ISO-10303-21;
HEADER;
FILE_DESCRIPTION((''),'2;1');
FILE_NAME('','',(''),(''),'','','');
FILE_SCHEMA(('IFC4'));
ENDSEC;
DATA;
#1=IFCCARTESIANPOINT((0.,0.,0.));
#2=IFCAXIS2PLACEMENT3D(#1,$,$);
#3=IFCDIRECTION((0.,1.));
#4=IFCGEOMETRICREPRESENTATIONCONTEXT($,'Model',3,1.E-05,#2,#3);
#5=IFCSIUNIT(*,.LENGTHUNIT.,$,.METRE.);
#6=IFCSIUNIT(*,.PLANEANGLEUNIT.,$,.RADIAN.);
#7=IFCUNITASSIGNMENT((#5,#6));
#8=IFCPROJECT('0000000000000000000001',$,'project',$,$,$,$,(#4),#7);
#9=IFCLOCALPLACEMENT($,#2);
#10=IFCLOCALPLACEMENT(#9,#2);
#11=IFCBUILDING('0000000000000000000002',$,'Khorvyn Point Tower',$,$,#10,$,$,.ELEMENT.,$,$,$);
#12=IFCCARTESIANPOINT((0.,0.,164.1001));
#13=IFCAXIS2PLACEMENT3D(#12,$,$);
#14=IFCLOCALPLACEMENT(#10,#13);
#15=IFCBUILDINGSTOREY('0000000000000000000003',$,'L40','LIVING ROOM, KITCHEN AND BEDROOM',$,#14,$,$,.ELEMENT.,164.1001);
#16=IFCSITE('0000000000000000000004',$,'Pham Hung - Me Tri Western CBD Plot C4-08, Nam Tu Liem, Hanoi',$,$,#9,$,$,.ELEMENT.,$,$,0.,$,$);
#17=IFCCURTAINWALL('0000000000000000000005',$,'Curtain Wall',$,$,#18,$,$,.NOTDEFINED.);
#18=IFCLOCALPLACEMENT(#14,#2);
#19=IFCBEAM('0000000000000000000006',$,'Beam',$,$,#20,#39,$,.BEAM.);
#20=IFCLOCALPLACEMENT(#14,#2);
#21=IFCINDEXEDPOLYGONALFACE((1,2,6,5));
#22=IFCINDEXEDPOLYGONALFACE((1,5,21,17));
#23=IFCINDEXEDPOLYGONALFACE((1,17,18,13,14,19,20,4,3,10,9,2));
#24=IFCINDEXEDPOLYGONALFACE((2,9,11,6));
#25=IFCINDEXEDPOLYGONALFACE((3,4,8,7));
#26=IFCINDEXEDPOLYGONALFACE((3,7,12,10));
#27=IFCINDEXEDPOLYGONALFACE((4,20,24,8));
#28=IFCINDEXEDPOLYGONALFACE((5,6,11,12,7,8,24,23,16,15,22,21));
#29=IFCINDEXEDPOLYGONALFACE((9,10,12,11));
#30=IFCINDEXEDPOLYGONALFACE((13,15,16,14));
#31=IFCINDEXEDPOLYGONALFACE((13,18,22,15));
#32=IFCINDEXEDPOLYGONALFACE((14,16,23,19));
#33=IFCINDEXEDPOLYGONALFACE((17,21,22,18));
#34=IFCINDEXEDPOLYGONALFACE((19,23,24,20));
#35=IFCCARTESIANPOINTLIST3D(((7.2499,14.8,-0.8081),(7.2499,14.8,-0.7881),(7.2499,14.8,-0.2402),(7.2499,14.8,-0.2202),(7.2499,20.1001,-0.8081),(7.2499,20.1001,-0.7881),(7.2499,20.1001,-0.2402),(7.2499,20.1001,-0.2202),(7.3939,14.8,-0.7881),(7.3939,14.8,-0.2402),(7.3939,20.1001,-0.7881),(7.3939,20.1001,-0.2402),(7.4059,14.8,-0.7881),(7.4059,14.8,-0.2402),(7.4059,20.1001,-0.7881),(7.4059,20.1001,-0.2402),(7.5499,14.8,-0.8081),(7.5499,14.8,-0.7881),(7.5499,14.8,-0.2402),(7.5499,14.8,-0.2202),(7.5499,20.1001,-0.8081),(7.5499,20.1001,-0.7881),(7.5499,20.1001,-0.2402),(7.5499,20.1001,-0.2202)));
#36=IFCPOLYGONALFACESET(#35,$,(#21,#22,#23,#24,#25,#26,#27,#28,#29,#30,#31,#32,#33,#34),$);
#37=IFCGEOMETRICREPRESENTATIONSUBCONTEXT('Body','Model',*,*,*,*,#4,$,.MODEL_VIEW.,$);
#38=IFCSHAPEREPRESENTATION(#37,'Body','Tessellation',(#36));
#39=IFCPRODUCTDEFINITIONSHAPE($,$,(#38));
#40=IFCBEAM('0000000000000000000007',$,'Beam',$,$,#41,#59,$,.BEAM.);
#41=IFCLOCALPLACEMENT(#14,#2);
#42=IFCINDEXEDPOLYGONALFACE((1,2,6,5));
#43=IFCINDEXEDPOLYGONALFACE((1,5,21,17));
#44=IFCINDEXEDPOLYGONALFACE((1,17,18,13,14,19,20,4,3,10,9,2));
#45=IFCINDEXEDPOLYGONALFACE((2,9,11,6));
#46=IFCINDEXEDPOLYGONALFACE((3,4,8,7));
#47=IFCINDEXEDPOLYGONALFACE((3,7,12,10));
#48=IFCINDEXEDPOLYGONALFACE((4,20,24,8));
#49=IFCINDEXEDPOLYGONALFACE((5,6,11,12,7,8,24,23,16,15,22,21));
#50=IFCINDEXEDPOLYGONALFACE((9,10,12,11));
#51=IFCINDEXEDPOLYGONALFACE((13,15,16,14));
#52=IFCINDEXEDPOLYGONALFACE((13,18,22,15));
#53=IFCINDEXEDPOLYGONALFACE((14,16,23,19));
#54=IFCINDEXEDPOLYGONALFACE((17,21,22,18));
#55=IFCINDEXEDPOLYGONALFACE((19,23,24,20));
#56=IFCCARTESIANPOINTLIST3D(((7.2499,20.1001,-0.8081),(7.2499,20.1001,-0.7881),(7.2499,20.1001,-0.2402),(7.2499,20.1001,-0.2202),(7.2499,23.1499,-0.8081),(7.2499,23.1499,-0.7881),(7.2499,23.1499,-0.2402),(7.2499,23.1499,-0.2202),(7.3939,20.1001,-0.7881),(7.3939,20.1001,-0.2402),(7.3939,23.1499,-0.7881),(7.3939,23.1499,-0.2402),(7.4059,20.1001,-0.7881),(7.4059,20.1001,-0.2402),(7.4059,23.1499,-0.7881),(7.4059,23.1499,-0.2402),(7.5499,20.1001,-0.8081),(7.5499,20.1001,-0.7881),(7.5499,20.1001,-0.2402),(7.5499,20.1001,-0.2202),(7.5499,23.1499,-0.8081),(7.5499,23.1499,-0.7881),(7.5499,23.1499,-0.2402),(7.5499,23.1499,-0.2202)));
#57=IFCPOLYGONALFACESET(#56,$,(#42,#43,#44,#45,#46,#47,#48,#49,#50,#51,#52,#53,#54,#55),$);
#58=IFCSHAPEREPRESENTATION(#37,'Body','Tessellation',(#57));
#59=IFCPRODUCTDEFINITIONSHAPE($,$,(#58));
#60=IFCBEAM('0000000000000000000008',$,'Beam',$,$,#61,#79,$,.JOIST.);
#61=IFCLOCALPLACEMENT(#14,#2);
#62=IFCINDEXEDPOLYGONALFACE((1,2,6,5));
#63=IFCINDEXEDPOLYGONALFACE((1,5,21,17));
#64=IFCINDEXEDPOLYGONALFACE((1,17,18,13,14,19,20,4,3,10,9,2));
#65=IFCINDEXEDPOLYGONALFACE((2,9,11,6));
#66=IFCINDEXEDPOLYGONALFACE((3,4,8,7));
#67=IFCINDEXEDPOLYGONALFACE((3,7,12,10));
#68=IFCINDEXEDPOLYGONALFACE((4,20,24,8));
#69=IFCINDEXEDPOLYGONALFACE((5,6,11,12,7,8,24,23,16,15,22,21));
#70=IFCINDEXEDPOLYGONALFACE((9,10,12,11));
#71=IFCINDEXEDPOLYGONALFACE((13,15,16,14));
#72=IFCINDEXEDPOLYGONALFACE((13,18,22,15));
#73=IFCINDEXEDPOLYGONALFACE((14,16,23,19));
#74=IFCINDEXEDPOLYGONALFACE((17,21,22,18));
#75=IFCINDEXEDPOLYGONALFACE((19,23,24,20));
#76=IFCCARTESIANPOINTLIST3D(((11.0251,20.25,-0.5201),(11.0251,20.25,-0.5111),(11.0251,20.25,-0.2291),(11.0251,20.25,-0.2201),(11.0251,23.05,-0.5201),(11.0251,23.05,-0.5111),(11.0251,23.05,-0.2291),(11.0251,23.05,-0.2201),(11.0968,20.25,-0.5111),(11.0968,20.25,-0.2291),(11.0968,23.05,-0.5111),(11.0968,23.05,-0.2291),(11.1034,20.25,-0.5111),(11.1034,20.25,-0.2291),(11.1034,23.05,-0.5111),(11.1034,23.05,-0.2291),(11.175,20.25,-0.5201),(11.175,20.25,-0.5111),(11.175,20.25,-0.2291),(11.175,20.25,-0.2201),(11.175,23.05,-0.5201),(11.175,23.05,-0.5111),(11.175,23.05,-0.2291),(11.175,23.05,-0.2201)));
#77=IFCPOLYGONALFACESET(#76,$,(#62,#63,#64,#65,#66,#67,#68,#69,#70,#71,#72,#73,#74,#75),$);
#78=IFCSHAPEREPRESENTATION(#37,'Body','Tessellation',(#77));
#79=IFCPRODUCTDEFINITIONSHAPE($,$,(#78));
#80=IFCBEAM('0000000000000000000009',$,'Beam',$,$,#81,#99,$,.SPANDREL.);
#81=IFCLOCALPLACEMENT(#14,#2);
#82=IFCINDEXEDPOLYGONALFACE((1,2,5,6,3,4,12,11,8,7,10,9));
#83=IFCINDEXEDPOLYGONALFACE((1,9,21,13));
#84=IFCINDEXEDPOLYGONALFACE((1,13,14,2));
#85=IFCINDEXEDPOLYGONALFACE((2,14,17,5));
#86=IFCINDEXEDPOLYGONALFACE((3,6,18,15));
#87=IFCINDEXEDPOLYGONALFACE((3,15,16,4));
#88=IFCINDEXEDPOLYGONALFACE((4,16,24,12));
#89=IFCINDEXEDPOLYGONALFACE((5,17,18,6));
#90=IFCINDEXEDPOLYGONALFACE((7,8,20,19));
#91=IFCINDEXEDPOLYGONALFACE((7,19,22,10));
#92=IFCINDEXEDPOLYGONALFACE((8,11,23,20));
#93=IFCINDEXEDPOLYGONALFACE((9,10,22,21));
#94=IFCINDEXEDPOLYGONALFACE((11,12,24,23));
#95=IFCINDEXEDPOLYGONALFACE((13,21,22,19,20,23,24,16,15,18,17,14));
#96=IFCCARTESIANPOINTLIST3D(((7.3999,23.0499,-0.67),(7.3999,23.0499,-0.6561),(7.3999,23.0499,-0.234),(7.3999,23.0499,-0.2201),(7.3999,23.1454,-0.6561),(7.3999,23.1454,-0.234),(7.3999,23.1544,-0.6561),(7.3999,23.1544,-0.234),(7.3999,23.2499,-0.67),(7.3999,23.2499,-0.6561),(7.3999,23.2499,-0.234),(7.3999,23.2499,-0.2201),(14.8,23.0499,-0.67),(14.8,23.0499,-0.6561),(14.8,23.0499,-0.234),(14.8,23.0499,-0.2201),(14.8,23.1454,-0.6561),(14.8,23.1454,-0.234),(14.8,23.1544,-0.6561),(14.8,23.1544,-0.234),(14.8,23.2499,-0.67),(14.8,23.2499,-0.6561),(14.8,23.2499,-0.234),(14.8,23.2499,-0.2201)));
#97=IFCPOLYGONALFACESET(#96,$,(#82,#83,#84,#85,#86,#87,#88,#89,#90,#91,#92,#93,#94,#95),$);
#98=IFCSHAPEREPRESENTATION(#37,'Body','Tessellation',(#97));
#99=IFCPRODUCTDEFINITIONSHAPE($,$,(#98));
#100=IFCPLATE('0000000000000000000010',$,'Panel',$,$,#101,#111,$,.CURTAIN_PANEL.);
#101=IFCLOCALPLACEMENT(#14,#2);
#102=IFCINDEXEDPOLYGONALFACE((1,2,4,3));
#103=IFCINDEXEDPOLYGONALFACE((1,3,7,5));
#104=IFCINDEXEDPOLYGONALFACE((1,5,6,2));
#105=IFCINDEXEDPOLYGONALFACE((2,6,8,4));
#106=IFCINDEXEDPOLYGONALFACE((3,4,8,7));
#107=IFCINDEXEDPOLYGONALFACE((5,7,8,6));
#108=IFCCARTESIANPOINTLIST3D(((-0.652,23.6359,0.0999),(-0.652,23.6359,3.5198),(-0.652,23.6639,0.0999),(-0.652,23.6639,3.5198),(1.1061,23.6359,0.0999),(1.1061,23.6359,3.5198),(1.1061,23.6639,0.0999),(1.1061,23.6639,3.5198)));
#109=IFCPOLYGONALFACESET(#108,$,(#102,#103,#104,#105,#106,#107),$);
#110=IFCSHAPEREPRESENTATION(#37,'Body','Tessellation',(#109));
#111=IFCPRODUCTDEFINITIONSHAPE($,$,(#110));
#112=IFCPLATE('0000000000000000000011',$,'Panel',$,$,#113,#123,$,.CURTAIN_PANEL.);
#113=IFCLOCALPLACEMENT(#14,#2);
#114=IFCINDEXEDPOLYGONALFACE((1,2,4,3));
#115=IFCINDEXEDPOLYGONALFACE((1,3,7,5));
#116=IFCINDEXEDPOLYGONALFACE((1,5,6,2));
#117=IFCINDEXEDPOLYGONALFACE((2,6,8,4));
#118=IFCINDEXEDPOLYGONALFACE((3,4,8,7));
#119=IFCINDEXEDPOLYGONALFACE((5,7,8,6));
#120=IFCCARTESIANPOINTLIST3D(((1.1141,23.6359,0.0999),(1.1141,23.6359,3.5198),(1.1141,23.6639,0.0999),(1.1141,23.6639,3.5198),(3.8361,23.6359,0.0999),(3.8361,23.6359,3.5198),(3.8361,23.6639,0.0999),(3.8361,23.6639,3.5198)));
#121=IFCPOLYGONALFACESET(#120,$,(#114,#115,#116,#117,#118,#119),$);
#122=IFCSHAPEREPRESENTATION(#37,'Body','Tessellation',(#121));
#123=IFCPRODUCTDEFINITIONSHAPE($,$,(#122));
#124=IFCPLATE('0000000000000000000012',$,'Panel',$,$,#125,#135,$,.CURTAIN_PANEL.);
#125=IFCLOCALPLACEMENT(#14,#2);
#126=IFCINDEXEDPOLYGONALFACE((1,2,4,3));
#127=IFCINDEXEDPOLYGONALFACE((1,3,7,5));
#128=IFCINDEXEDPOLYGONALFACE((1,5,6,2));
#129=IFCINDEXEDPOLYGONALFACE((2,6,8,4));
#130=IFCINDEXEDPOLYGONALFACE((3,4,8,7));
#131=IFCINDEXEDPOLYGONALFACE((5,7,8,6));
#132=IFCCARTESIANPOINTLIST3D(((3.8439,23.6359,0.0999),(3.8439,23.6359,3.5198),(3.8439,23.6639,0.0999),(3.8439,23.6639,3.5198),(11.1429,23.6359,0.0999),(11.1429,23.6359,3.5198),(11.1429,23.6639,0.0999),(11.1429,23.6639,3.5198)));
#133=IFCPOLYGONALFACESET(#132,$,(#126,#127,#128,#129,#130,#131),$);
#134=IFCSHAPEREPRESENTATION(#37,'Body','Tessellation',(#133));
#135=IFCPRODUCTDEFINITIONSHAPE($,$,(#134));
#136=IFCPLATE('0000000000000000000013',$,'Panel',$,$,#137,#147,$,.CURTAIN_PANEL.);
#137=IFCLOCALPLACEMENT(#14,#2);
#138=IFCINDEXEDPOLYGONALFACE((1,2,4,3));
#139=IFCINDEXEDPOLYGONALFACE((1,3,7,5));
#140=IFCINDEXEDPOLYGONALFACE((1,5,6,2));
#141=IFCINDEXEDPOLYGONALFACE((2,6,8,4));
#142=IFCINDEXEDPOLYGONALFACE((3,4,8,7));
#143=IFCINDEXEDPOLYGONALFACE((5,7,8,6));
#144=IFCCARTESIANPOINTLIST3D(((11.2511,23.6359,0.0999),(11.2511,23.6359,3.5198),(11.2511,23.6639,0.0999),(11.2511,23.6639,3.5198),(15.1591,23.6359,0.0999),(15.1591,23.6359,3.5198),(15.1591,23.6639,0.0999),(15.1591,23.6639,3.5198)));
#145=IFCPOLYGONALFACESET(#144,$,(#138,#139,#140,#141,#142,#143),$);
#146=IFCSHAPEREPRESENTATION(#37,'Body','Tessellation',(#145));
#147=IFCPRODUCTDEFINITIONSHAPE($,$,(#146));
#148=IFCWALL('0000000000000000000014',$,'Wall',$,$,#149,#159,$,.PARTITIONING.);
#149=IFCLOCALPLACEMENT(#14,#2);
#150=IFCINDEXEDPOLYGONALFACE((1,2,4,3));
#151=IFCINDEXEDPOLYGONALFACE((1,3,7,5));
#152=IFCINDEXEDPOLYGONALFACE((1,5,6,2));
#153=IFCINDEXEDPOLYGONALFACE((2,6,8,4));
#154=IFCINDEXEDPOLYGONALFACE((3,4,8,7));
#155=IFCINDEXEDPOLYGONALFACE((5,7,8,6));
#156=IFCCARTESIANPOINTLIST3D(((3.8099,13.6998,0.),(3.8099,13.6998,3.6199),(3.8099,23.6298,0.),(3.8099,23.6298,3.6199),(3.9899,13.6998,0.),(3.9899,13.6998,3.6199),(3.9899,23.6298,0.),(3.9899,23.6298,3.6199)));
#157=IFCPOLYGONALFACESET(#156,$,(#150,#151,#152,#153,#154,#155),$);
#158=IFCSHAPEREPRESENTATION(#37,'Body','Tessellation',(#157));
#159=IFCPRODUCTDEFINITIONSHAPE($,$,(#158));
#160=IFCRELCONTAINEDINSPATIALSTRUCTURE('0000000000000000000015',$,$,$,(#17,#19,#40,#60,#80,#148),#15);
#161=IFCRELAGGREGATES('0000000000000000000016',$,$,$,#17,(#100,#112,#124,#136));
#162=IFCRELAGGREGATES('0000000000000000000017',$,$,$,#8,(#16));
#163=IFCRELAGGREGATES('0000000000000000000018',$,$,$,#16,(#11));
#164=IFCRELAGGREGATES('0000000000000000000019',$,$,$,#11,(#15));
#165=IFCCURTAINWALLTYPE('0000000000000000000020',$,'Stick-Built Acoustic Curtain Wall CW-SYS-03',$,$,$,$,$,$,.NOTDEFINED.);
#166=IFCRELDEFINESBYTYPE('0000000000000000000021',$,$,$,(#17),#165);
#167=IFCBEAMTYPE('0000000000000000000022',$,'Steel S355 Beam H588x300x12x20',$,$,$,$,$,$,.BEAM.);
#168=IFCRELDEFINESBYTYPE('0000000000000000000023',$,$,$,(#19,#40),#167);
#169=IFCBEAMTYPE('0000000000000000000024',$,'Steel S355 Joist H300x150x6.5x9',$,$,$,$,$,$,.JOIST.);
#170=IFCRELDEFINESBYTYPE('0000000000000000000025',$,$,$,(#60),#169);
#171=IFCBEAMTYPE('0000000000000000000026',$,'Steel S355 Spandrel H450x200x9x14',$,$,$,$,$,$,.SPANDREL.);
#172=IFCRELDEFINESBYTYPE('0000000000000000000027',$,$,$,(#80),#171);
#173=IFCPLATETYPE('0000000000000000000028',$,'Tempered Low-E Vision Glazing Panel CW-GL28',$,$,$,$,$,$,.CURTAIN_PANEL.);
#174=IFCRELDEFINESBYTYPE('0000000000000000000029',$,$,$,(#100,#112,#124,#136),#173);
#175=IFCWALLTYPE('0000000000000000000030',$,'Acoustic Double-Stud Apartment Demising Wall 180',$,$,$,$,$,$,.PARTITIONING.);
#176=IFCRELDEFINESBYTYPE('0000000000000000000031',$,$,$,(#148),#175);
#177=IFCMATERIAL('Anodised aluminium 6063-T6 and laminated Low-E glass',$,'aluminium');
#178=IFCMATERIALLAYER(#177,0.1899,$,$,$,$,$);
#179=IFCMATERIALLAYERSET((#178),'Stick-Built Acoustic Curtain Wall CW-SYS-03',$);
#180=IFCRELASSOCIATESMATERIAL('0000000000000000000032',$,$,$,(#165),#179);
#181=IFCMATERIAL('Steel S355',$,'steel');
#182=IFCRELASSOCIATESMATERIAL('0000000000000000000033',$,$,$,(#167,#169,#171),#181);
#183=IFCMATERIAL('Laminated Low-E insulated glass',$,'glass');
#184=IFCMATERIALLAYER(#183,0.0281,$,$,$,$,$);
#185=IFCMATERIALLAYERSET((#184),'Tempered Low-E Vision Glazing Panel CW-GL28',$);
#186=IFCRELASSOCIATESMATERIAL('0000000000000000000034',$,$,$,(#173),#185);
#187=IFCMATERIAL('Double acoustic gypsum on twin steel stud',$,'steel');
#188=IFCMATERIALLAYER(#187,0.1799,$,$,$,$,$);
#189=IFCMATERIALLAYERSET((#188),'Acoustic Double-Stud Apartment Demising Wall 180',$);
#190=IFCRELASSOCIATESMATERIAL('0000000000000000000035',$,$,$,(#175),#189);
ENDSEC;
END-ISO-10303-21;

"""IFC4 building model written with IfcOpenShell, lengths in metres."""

from ifc_helpers import new_model, si_unit, direction, frame, frame_2d, origin, origin_2d, place, context, subcontext, project, spatial, rectangle, i_section, extrude, material, layer, layer_set, material_profile, profile_set, type_object, element, aggregate, save


model = new_model("IFC4")

# Units and contexts
model_context = context("Model", 3, precision=1e-05, world=origin(), true_north=direction((0.0, 1.0)))
body_context = subcontext(model_context, "Body", "Model", "MODEL_VIEW")
ifc_project = project(units=[si_unit("LENGTHUNIT", "METRE"), si_unit("PLANEANGLEUNIT", "RADIAN")], contexts=[model_context])

# Site, building, storey
site_placement = place(None, origin())
site = spatial("IfcSite", under=ifc_project, at=site_placement, Name="Pham Hung - Me Tri Western CBD Plot C4-08, Nam Tu Liem, Hanoi", CompositionType="ELEMENT", RefElevation=0.0)
building_placement = place(site_placement, origin())
building = spatial("IfcBuilding", under=site, at=building_placement, Name="Khorvyn Point Tower", CompositionType="ELEMENT")
storey_placement = place(building_placement, frame((0.0, 0.0, 164.1001)))
storey = spatial("IfcBuildingStorey", under=building, at=storey_placement, Name="L40", Description="LIVING ROOM, KITCHEN AND BEDROOM", CompositionType="ELEMENT", Elevation=164.1001)

# Curtain wall
ifc_material_1 = material(Name="Anodised aluminium 6063-T6 and laminated Low-E glass", Category="aluminium")
ifc_layer_1 = layer(ifc_material_1, 0.1899)
ifc_layer_set_1 = layer_set([ifc_layer_1], Name="Stick-Built Acoustic Curtain Wall CW-SYS-03")
curtain_wall_type = type_object("IfcCurtainWallType", Name="Stick-Built Acoustic Curtain Wall CW-SYS-03", PredefinedType="NOTDEFINED", material=ifc_layer_set_1)
curtain_wall_placement = place(storey_placement, origin())
curtain_wall = element("IfcCurtainWall", 1, at=curtain_wall_placement, inside=storey, type_object=curtain_wall_type, Name="Curtain Wall", PredefinedType="NOTDEFINED")

# Beams
ifc_material_2 = material(Name="Steel S355", Category="steel")
ifc_material_profile_1 = material_profile(ifc_material_2, i_section(OverallWidth=0.3, OverallDepth=0.5879, WebThickness=0.012, FlangeThickness=0.02, at=origin_2d()))
ifc_profile_set_1 = profile_set([ifc_material_profile_1], Name="Steel S355 H588x300x12x20")
beam_type_1 = type_object("IfcBeamType", Name="Steel S355 Beam H588x300x12x20", PredefinedType="BEAM", material=ifc_profile_set_1)
beam_1_placement = place(storey_placement, frame((7.3999, 14.8, -0.5142), z_axis=(0.0, 1.0, 0.0), x_axis=(-1.0, 0.0, 0.0)))
element("IfcBeam", 2, at=beam_1_placement, inside=storey, type_object=beam_type_1, Name="Beam", PredefinedType="BEAM", context=body_context, shape_type="SweptSolid", body=[
    extrude(i_section(OverallWidth=0.3, OverallDepth=0.5879, WebThickness=0.012, FlangeThickness=0.02, at=origin_2d()), origin(), (0.0, 0.0, 1.0), 5.3),
])
beam_2_placement = place(storey_placement, frame((7.3999, 20.1001, -0.5142), z_axis=(0.0, 1.0, 0.0), x_axis=(-1.0, 0.0, 0.0)))
element("IfcBeam", 3, at=beam_2_placement, inside=storey, type_object=beam_type_1, Name="Beam", PredefinedType="BEAM", context=body_context, shape_type="SweptSolid", body=[
    extrude(i_section(OverallWidth=0.3, OverallDepth=0.5879, WebThickness=0.012, FlangeThickness=0.02, at=origin_2d()), origin(), (0.0, 0.0, 1.0), 3.0498),
])
ifc_material_profile_2 = material_profile(ifc_material_2, i_section(OverallWidth=0.1499, OverallDepth=0.3, WebThickness=0.0066, FlangeThickness=0.009, at=origin_2d()))
ifc_profile_set_2 = profile_set([ifc_material_profile_2], Name="Steel S355 H300x150x6.5x9")
beam_type_2 = type_object("IfcBeamType", Name="Steel S355 Joist H300x150x6.5x9", PredefinedType="JOIST", material=ifc_profile_set_2)
beam_3_placement = place(storey_placement, frame((11.1001, 20.25, -0.3701), z_axis=(0.0, 1.0, 0.0), x_axis=(-1.0, 0.0, 0.0)))
element("IfcBeam", 4, at=beam_3_placement, inside=storey, type_object=beam_type_2, Name="Beam", PredefinedType="JOIST", context=body_context, shape_type="SweptSolid", body=[
    extrude(i_section(OverallWidth=0.1499, OverallDepth=0.3, WebThickness=0.0066, FlangeThickness=0.009, at=origin_2d()), origin(), (0.0, 0.0, 1.0), 2.8),
])
ifc_material_profile_3 = material_profile(ifc_material_2, i_section(OverallWidth=0.2, OverallDepth=0.45, WebThickness=0.009, FlangeThickness=0.0139, at=origin_2d()))
ifc_profile_set_3 = profile_set([ifc_material_profile_3], Name="Steel S355 H450x200x9x14")
beam_type_3 = type_object("IfcBeamType", Name="Steel S355 Spandrel H450x200x9x14", PredefinedType="SPANDREL", material=ifc_profile_set_3)
beam_4_placement = place(storey_placement, frame((7.3999, 23.1499, -0.4451), z_axis=(1.0, 0.0, 0.0), x_axis=(0.0, 1.0, 0.0)))
element("IfcBeam", 5, at=beam_4_placement, inside=storey, type_object=beam_type_3, Name="Beam", PredefinedType="SPANDREL", context=body_context, shape_type="SweptSolid", body=[
    extrude(i_section(OverallWidth=0.2, OverallDepth=0.45, WebThickness=0.009, FlangeThickness=0.0139, at=origin_2d()), origin(), (0.0, 0.0, 1.0), 7.4001),
])

# Plates
ifc_material_3 = material(Name="Laminated Low-E insulated glass", Category="glass")
ifc_layer_2 = layer(ifc_material_3, 0.0281)
ifc_layer_set_2 = layer_set([ifc_layer_2], Name="Tempered Low-E Vision Glazing Panel CW-GL28")
plate_type = type_object("IfcPlateType", Name="Tempered Low-E Vision Glazing Panel CW-GL28", PredefinedType="CURTAIN_PANEL", material=ifc_layer_set_2)
plate_1_placement = place(storey_placement, frame((0.2271, 23.6499, 0.0999), z_axis=(0.0, 0.0, 1.0), x_axis=(1.0, 0.0, 0.0)))
plate_1 = element("IfcPlate", 6, at=plate_1_placement, type_object=plate_type, Name="Panel", PredefinedType="CURTAIN_PANEL", context=body_context, shape_type="SweptSolid", body=[
    extrude(rectangle(XDim=1.7581, YDim=0.0281, at=origin_2d()), origin(), (0.0, 0.0, 1.0), 3.4199),
])
plate_2_placement = place(storey_placement, frame((2.4751, 23.6499, 0.0999), z_axis=(0.0, 0.0, 1.0), x_axis=(1.0, 0.0, 0.0)))
plate_2 = element("IfcPlate", 7, at=plate_2_placement, type_object=plate_type, Name="Panel", PredefinedType="CURTAIN_PANEL", context=body_context, shape_type="SweptSolid", body=[
    extrude(rectangle(XDim=2.7219, YDim=0.0281, at=origin_2d()), origin(), (0.0, 0.0, 1.0), 3.4199),
])
plate_3_placement = place(storey_placement, frame((7.4934, 23.6499, 0.0999), z_axis=(0.0, 0.0, 1.0), x_axis=(1.0, 0.0, 0.0)))
plate_3 = element("IfcPlate", 8, at=plate_3_placement, type_object=plate_type, Name="Panel", PredefinedType="CURTAIN_PANEL", context=body_context, shape_type="SweptSolid", body=[
    extrude(rectangle(XDim=7.2991, YDim=0.0281, at=origin_2d()), origin(), (0.0, 0.0, 1.0), 3.4199),
])
plate_4_placement = place(storey_placement, frame((13.2051, 23.6499, 0.0999), z_axis=(0.0, 0.0, 1.0), x_axis=(1.0, 0.0, 0.0)))
plate_4 = element("IfcPlate", 9, at=plate_4_placement, type_object=plate_type, Name="Panel", PredefinedType="CURTAIN_PANEL", context=body_context, shape_type="SweptSolid", body=[
    extrude(rectangle(XDim=3.908, YDim=0.0281, at=origin_2d()), origin(), (0.0, 0.0, 1.0), 3.4199),
])
aggregate(curtain_wall, [plate_1, plate_2, plate_3, plate_4])

# Wall
ifc_material_4 = material(Name="Double acoustic gypsum on twin steel stud", Category="steel")
ifc_layer_3 = layer(ifc_material_4, 0.1799)
ifc_layer_set_3 = layer_set([ifc_layer_3], Name="Acoustic Double-Stud Apartment Demising Wall 180")
wall_type_1 = type_object("IfcWallType", Name="Acoustic Double-Stud Apartment Demising Wall 180", PredefinedType="PARTITIONING", material=ifc_layer_set_3)
wall_1_placement = place(storey_placement, frame((3.8999, 13.7, 0.0), z_axis=(0.0, 0.0, 1.0), x_axis=(0.0, 1.0, 0.0)))
element("IfcWall", 10, at=wall_1_placement, inside=storey, type_object=wall_type_1, Name="Wall", PredefinedType="PARTITIONING", context=body_context, shape_type="SweptSolid", body=[
    extrude(rectangle(XDim=9.9299, YDim=0.1799, at=frame_2d((4.9648, 0.0))), origin(), (0.0, 0.0, 1.0), 3.6199),
])

save(model, "model.ifc")
